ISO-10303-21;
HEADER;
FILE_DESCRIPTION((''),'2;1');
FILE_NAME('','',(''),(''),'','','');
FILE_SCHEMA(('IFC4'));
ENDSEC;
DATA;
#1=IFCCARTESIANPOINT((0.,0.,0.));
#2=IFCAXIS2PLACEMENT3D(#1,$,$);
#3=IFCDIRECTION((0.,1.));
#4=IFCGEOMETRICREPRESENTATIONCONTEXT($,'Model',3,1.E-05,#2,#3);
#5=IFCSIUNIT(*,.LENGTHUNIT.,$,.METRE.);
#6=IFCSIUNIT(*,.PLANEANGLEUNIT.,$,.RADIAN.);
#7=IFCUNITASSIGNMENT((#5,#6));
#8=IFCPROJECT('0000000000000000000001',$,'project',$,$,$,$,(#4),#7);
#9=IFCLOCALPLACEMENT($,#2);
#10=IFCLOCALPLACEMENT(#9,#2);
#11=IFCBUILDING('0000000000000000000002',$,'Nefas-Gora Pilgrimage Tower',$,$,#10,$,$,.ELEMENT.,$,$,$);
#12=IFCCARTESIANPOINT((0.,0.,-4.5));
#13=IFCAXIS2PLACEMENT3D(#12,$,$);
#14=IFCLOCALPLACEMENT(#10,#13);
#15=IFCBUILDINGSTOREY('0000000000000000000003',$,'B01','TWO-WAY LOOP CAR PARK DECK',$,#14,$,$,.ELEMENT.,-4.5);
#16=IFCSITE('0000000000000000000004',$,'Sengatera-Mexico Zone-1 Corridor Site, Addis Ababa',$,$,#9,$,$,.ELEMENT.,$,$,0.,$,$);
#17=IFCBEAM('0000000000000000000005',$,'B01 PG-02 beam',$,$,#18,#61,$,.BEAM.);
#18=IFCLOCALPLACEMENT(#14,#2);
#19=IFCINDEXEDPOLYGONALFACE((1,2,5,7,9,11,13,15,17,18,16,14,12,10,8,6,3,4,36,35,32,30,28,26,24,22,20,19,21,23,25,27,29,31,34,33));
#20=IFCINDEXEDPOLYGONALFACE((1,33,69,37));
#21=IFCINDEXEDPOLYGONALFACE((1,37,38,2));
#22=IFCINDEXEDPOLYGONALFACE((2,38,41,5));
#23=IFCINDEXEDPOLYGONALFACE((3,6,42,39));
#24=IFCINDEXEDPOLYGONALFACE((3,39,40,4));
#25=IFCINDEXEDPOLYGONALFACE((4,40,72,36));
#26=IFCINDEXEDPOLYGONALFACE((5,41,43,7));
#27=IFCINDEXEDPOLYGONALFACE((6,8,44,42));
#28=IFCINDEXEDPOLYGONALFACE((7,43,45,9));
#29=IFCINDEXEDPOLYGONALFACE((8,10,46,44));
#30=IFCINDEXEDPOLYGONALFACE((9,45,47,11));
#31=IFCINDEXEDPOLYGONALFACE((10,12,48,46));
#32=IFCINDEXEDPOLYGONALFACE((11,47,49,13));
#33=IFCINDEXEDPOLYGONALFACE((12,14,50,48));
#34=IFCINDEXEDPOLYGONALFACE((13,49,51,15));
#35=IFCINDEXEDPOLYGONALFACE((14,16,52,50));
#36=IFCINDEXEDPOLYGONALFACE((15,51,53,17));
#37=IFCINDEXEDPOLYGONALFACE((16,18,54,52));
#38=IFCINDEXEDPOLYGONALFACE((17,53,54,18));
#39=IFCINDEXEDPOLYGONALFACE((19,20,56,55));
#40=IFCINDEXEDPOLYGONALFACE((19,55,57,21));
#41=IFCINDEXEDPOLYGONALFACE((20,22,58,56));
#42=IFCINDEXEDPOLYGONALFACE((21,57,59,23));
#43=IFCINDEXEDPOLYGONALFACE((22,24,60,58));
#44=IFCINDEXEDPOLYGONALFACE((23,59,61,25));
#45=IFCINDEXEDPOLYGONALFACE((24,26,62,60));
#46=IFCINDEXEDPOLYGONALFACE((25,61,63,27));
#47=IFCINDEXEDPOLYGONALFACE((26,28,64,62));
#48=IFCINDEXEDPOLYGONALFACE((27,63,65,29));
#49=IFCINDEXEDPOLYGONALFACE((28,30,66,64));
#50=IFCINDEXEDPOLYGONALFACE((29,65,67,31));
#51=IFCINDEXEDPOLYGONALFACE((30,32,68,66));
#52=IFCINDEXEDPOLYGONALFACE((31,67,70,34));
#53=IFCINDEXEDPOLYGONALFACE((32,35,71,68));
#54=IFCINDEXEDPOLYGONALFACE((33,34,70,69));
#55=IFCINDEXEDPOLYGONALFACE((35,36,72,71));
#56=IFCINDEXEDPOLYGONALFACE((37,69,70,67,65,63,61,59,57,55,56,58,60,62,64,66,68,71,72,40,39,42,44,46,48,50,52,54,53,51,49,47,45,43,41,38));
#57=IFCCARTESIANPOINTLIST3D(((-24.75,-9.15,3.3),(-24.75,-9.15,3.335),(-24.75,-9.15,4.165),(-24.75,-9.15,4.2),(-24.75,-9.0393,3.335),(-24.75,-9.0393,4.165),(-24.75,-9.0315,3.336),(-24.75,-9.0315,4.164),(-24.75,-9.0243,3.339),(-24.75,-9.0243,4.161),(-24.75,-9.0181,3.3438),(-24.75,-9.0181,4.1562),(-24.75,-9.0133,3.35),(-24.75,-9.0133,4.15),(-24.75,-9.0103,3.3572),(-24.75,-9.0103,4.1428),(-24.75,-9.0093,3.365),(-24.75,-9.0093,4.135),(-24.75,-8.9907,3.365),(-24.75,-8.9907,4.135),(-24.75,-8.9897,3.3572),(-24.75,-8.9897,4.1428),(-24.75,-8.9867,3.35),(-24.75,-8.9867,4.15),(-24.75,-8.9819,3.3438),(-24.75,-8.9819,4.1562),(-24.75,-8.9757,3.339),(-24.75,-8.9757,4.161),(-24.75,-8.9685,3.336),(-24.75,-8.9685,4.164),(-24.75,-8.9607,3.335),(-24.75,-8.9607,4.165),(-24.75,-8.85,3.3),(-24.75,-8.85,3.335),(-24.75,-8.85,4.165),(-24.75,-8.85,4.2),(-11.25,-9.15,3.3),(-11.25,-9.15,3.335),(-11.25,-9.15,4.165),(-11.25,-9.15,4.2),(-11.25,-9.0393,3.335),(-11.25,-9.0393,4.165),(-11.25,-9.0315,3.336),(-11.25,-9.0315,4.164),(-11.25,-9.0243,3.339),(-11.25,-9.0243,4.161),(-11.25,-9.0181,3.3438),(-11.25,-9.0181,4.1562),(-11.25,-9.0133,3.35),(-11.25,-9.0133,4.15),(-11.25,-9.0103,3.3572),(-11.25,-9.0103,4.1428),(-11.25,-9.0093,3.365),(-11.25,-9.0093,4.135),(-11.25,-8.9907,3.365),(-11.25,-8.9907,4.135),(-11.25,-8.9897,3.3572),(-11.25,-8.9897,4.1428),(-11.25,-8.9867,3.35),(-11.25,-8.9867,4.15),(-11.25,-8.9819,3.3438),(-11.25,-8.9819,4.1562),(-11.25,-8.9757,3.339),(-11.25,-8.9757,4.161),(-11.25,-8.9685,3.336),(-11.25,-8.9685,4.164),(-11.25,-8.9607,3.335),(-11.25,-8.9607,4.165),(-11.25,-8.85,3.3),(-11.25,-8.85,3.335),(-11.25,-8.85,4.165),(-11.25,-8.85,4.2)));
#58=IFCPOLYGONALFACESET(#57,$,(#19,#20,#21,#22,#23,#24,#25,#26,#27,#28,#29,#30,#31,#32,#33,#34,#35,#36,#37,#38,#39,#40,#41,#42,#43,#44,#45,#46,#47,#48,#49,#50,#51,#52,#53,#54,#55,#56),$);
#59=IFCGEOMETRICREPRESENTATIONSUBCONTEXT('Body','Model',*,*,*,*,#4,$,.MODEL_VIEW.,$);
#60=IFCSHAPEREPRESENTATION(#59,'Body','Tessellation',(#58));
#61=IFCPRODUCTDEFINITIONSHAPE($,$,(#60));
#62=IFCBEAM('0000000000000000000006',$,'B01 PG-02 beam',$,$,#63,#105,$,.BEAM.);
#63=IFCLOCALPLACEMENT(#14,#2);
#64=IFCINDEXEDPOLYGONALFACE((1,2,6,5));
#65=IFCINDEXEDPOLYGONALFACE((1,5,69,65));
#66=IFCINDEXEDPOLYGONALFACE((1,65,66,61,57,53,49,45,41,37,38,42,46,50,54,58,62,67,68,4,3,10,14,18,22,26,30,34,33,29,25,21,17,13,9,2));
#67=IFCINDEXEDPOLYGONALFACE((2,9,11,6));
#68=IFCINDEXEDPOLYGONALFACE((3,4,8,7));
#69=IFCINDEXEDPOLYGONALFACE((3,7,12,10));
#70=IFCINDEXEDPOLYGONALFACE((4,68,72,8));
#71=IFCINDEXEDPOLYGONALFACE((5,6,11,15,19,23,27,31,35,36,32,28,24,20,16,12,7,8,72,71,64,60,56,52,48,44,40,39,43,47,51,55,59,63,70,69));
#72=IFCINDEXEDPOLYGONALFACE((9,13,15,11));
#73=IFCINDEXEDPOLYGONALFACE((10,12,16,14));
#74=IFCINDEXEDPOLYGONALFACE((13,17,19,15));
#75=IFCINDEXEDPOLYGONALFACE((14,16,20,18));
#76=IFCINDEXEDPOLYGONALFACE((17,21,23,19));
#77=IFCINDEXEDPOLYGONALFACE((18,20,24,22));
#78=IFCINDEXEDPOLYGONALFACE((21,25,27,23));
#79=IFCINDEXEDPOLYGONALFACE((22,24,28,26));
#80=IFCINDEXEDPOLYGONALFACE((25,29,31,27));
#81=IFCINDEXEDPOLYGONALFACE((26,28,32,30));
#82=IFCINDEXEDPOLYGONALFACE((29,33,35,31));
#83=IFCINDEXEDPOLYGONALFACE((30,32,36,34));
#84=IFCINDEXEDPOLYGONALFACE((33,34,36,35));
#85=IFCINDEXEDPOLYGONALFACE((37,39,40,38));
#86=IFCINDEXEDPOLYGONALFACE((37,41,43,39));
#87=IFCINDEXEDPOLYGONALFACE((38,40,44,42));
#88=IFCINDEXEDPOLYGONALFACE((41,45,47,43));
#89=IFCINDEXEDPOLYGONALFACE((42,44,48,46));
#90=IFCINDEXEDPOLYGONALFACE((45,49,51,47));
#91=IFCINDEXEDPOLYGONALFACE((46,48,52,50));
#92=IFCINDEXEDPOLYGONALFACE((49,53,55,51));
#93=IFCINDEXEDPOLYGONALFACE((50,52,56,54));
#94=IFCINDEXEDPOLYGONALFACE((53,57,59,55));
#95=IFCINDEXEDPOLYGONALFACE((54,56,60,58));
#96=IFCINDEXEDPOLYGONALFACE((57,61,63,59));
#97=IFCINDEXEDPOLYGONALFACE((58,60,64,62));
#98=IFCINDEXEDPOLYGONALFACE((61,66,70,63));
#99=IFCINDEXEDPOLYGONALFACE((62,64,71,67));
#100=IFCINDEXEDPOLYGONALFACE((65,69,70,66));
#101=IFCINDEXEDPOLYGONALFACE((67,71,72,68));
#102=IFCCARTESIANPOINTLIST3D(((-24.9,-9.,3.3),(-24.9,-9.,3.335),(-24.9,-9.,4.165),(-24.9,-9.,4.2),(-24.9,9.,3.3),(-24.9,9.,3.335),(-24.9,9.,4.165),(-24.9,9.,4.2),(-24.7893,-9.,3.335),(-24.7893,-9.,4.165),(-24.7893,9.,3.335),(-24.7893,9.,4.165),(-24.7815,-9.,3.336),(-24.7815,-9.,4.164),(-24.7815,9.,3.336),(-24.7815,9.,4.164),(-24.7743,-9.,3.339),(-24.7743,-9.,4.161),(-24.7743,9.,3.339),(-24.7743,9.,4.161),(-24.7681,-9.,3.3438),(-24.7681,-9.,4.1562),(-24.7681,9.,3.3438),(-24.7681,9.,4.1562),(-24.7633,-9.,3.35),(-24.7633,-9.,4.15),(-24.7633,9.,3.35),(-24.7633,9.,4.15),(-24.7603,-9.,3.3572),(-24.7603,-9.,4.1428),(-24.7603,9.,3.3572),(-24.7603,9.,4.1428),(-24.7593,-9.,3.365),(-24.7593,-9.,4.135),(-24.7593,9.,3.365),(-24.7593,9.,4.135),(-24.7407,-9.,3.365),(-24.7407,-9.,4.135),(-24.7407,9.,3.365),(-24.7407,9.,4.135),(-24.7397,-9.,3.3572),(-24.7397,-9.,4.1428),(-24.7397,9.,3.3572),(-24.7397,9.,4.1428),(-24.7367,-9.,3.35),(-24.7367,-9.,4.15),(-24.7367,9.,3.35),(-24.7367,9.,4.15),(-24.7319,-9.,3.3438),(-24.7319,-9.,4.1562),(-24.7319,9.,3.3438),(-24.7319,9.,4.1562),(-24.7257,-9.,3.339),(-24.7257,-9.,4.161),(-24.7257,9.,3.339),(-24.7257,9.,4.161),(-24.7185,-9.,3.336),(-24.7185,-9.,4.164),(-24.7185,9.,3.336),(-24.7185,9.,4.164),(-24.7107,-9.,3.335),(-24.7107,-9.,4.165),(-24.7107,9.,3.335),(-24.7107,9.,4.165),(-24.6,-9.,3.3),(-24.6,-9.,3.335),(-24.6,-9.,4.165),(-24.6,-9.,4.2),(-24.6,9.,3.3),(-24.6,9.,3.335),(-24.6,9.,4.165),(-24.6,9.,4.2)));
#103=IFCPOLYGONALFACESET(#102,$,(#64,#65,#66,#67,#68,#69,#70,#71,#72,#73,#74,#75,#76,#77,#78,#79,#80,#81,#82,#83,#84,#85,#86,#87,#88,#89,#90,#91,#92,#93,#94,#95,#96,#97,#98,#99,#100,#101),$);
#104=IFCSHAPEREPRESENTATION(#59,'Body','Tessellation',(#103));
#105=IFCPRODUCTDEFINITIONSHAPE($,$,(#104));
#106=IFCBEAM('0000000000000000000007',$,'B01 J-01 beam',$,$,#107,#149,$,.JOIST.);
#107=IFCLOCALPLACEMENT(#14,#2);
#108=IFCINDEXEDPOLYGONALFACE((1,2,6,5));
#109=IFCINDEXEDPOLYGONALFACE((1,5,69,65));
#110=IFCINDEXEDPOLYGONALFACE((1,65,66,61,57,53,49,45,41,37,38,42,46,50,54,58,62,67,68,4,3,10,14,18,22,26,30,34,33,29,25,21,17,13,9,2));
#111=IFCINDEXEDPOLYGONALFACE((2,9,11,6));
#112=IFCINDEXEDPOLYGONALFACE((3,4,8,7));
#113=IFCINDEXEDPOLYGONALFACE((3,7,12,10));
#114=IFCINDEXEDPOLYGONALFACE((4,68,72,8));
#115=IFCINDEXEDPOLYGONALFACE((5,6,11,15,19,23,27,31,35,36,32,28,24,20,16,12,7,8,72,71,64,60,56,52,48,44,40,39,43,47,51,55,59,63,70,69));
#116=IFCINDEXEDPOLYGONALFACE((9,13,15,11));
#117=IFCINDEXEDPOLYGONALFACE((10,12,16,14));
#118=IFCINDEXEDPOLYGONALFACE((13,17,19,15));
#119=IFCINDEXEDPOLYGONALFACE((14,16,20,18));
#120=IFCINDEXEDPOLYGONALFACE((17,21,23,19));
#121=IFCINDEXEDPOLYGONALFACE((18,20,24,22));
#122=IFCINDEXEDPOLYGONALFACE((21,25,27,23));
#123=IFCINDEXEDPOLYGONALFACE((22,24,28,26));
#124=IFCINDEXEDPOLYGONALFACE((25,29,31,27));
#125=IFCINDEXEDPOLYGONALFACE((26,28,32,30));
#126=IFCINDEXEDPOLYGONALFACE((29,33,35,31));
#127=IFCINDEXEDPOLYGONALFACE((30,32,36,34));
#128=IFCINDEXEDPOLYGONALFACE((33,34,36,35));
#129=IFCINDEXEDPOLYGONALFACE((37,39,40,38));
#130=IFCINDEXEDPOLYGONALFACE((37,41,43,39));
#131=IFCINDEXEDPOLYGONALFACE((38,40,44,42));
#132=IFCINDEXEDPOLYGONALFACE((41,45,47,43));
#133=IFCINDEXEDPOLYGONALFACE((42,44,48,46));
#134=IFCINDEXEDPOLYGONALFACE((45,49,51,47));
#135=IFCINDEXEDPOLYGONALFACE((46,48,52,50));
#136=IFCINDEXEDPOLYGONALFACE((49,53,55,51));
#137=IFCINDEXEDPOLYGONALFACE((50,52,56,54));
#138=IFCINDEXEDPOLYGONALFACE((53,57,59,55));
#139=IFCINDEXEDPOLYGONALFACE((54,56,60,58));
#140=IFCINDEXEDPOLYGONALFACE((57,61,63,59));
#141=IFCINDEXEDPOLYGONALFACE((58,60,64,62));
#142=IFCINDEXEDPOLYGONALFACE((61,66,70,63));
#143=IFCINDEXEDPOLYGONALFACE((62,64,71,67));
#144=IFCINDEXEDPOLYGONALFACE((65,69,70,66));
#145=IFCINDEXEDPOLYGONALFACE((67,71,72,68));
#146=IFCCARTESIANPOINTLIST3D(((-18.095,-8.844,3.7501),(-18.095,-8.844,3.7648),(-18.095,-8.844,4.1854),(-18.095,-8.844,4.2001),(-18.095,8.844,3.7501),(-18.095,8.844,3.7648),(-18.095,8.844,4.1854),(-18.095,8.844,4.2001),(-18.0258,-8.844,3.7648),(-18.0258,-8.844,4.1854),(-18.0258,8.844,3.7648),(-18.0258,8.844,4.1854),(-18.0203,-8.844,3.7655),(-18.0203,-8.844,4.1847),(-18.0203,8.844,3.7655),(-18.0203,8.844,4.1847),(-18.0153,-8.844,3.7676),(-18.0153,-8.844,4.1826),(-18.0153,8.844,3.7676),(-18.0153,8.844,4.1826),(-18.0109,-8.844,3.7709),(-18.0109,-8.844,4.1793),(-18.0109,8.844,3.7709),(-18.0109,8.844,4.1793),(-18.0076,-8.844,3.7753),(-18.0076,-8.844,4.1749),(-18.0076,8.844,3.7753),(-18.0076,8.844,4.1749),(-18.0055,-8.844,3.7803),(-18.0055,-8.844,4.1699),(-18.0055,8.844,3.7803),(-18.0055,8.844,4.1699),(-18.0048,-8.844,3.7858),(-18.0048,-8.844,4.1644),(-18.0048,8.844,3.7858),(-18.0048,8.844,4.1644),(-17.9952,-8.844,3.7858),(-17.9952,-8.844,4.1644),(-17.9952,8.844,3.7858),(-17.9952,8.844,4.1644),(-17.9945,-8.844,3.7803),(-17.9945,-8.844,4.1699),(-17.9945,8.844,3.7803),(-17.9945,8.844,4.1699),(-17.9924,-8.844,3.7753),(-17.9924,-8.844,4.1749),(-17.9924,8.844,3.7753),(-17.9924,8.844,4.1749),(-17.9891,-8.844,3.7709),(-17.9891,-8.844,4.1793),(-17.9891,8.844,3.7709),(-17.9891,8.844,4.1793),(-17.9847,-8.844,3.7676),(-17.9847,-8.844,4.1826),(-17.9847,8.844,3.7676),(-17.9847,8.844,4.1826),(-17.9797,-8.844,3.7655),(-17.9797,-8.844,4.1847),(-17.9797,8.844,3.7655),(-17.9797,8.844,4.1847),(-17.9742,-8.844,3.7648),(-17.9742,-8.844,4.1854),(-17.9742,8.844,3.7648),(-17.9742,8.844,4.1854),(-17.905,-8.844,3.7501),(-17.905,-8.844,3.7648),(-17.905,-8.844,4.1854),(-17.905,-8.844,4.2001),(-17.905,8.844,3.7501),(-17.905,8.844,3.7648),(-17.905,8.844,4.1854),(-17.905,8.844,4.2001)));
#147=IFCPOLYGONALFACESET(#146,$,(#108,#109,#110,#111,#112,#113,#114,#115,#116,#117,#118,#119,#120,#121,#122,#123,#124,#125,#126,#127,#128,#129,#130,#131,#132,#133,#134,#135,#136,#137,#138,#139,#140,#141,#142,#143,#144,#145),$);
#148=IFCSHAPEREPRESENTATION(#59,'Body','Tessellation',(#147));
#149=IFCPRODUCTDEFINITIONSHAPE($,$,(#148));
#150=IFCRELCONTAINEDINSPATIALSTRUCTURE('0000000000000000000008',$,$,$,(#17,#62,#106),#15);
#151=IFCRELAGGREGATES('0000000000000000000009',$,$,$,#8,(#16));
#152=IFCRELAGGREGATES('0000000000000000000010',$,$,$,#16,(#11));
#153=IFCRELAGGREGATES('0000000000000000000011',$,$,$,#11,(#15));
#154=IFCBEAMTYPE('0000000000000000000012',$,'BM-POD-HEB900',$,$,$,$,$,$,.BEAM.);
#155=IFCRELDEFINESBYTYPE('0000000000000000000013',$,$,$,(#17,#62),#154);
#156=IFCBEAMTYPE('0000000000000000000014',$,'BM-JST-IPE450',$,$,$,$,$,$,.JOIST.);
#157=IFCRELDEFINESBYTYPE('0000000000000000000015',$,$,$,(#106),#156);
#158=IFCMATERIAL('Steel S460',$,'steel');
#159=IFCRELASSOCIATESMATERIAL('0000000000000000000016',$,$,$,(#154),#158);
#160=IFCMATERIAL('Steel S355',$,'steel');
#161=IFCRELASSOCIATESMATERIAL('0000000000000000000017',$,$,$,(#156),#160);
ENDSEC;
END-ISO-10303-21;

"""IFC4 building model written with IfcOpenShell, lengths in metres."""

from ifc_helpers import new_model, si_unit, direction, frame, origin, origin_2d, place, context, subcontext, project, spatial, i_section, extrude, source, transform, mapped, material, material_profile, profile_set, type_object, element, save


model = new_model("IFC4")

# Units and contexts
model_context = context("Model", 3, precision=1e-05, world=origin(), true_north=direction((0.0, 1.0)))
body_context = subcontext(model_context, "Body", "Model", "MODEL_VIEW")
ifc_project = project(units=[si_unit("LENGTHUNIT", "METRE"), si_unit("PLANEANGLEUNIT", "RADIAN")], contexts=[model_context])

# Site, building, storey
site_placement = place(None, origin())
site = spatial("IfcSite", under=ifc_project, at=site_placement, Name="Sengatera-Mexico Zone-1 Corridor Site, Addis Ababa", CompositionType="ELEMENT", RefElevation=0.0)
building_placement = place(site_placement, origin())
building = spatial("IfcBuilding", under=site, at=building_placement, Name="Nefas-Gora Pilgrimage Tower", CompositionType="ELEMENT")
storey_placement = place(building_placement, frame((0.0, 0.0, -4.5)))
storey = spatial("IfcBuildingStorey", under=building, at=storey_placement, Name="B01", Description="TWO-WAY LOOP CAR PARK DECK", CompositionType="ELEMENT", Elevation=-4.5)

# Shared definitions
ifc_material_1 = material(Name="Steel S460", Category="steel")

# Beams
ifc_material_profile_1 = material_profile(ifc_material_1, i_section(OverallWidth=0.3, OverallDepth=0.8999, WebThickness=0.0186, FlangeThickness=0.0349, FilletRadius=0.03, at=origin_2d()), Name="HEB 900")
ifc_profile_set_1 = profile_set([ifc_material_profile_1], Name="Steel S460")
beam_type_1 = type_object("IfcBeamType", Name="BM-POD-HEB900", PredefinedType="BEAM", material=ifc_profile_set_1)
shared_shape_1 = source(origin(), body_context, "Body", "SweptSolid", [
    extrude(i_section(OverallWidth=0.3, OverallDepth=0.8999, WebThickness=0.0186, FlangeThickness=0.0349, FilletRadius=0.03, at=origin_2d()), origin(), (0.0, 0.0, 1.0), 13.5),
])
beam_1_placement = place(storey_placement, frame((-24.75, -9.0, 3.75), z_axis=(1.0, 0.0, 0.0), x_axis=(0.0, 1.0, 0.0)))
element("IfcBeam", 1, at=beam_1_placement, inside=storey, type_object=beam_type_1, Name="B01 PG-02 beam", PredefinedType="BEAM", context=body_context, shape_type="MappedRepresentation", body=[
    mapped(shared_shape_1, transform((0.0, 0.0, 0.0), x_axis=(1.0, 0.0, 0.0), y_axis=(0.0, 1.0, 0.0), z_axis=(0.0, 0.0, 1.0), scale=1.0)),
])
shared_shape_2 = source(origin(), body_context, "Body", "SweptSolid", [
    extrude(i_section(OverallWidth=0.3, OverallDepth=0.8999, WebThickness=0.0186, FlangeThickness=0.0349, FilletRadius=0.03, at=origin_2d()), origin(), (0.0, 0.0, 1.0), 18.0),
])
beam_2_placement = place(storey_placement, frame((-24.75, -9.0, 3.75), z_axis=(0.0, 1.0, 0.0), x_axis=(-1.0, 0.0, 0.0)))
element("IfcBeam", 2, at=beam_2_placement, inside=storey, type_object=beam_type_1, Name="B01 PG-02 beam", PredefinedType="BEAM", context=body_context, shape_type="MappedRepresentation", body=[
    mapped(shared_shape_2, transform((0.0, 0.0, 0.0), x_axis=(1.0, 0.0, 0.0), y_axis=(0.0, 1.0, 0.0), z_axis=(0.0, 0.0, 1.0), scale=1.0)),
])
ifc_material_2 = material(Name="Steel S355", Category="steel")
ifc_material_profile_2 = material_profile(ifc_material_2, i_section(OverallWidth=0.1899, OverallDepth=0.45, WebThickness=0.0095, FlangeThickness=0.0146, FilletRadius=0.021, at=origin_2d()), Name="IPE 450")
ifc_profile_set_2 = profile_set([ifc_material_profile_2], Name="Steel S355")
beam_type_2 = type_object("IfcBeamType", Name="BM-JST-IPE450", PredefinedType="JOIST", material=ifc_profile_set_2)
shared_shape_3 = source(origin(), body_context, "Body", "SweptSolid", [
    extrude(i_section(OverallWidth=0.1899, OverallDepth=0.45, WebThickness=0.0095, FlangeThickness=0.0146, FilletRadius=0.021, at=origin_2d()), origin(), (0.0, 0.0, 1.0), 17.688),
])
beam_3_placement = place(storey_placement, frame((-18.0, -8.844, 3.9751), z_axis=(0.0, 1.0, 0.0), x_axis=(-1.0, 0.0, 0.0)))
element("IfcBeam", 3, at=beam_3_placement, inside=storey, type_object=beam_type_2, Name="B01 J-01 beam", PredefinedType="JOIST", context=body_context, shape_type="MappedRepresentation", body=[
    mapped(shared_shape_3, transform((0.0, 0.0, 0.0), x_axis=(1.0, 0.0, 0.0), y_axis=(0.0, 1.0, 0.0), z_axis=(0.0, 0.0, 1.0), scale=1.0)),
])

save(model, "model.ifc")
